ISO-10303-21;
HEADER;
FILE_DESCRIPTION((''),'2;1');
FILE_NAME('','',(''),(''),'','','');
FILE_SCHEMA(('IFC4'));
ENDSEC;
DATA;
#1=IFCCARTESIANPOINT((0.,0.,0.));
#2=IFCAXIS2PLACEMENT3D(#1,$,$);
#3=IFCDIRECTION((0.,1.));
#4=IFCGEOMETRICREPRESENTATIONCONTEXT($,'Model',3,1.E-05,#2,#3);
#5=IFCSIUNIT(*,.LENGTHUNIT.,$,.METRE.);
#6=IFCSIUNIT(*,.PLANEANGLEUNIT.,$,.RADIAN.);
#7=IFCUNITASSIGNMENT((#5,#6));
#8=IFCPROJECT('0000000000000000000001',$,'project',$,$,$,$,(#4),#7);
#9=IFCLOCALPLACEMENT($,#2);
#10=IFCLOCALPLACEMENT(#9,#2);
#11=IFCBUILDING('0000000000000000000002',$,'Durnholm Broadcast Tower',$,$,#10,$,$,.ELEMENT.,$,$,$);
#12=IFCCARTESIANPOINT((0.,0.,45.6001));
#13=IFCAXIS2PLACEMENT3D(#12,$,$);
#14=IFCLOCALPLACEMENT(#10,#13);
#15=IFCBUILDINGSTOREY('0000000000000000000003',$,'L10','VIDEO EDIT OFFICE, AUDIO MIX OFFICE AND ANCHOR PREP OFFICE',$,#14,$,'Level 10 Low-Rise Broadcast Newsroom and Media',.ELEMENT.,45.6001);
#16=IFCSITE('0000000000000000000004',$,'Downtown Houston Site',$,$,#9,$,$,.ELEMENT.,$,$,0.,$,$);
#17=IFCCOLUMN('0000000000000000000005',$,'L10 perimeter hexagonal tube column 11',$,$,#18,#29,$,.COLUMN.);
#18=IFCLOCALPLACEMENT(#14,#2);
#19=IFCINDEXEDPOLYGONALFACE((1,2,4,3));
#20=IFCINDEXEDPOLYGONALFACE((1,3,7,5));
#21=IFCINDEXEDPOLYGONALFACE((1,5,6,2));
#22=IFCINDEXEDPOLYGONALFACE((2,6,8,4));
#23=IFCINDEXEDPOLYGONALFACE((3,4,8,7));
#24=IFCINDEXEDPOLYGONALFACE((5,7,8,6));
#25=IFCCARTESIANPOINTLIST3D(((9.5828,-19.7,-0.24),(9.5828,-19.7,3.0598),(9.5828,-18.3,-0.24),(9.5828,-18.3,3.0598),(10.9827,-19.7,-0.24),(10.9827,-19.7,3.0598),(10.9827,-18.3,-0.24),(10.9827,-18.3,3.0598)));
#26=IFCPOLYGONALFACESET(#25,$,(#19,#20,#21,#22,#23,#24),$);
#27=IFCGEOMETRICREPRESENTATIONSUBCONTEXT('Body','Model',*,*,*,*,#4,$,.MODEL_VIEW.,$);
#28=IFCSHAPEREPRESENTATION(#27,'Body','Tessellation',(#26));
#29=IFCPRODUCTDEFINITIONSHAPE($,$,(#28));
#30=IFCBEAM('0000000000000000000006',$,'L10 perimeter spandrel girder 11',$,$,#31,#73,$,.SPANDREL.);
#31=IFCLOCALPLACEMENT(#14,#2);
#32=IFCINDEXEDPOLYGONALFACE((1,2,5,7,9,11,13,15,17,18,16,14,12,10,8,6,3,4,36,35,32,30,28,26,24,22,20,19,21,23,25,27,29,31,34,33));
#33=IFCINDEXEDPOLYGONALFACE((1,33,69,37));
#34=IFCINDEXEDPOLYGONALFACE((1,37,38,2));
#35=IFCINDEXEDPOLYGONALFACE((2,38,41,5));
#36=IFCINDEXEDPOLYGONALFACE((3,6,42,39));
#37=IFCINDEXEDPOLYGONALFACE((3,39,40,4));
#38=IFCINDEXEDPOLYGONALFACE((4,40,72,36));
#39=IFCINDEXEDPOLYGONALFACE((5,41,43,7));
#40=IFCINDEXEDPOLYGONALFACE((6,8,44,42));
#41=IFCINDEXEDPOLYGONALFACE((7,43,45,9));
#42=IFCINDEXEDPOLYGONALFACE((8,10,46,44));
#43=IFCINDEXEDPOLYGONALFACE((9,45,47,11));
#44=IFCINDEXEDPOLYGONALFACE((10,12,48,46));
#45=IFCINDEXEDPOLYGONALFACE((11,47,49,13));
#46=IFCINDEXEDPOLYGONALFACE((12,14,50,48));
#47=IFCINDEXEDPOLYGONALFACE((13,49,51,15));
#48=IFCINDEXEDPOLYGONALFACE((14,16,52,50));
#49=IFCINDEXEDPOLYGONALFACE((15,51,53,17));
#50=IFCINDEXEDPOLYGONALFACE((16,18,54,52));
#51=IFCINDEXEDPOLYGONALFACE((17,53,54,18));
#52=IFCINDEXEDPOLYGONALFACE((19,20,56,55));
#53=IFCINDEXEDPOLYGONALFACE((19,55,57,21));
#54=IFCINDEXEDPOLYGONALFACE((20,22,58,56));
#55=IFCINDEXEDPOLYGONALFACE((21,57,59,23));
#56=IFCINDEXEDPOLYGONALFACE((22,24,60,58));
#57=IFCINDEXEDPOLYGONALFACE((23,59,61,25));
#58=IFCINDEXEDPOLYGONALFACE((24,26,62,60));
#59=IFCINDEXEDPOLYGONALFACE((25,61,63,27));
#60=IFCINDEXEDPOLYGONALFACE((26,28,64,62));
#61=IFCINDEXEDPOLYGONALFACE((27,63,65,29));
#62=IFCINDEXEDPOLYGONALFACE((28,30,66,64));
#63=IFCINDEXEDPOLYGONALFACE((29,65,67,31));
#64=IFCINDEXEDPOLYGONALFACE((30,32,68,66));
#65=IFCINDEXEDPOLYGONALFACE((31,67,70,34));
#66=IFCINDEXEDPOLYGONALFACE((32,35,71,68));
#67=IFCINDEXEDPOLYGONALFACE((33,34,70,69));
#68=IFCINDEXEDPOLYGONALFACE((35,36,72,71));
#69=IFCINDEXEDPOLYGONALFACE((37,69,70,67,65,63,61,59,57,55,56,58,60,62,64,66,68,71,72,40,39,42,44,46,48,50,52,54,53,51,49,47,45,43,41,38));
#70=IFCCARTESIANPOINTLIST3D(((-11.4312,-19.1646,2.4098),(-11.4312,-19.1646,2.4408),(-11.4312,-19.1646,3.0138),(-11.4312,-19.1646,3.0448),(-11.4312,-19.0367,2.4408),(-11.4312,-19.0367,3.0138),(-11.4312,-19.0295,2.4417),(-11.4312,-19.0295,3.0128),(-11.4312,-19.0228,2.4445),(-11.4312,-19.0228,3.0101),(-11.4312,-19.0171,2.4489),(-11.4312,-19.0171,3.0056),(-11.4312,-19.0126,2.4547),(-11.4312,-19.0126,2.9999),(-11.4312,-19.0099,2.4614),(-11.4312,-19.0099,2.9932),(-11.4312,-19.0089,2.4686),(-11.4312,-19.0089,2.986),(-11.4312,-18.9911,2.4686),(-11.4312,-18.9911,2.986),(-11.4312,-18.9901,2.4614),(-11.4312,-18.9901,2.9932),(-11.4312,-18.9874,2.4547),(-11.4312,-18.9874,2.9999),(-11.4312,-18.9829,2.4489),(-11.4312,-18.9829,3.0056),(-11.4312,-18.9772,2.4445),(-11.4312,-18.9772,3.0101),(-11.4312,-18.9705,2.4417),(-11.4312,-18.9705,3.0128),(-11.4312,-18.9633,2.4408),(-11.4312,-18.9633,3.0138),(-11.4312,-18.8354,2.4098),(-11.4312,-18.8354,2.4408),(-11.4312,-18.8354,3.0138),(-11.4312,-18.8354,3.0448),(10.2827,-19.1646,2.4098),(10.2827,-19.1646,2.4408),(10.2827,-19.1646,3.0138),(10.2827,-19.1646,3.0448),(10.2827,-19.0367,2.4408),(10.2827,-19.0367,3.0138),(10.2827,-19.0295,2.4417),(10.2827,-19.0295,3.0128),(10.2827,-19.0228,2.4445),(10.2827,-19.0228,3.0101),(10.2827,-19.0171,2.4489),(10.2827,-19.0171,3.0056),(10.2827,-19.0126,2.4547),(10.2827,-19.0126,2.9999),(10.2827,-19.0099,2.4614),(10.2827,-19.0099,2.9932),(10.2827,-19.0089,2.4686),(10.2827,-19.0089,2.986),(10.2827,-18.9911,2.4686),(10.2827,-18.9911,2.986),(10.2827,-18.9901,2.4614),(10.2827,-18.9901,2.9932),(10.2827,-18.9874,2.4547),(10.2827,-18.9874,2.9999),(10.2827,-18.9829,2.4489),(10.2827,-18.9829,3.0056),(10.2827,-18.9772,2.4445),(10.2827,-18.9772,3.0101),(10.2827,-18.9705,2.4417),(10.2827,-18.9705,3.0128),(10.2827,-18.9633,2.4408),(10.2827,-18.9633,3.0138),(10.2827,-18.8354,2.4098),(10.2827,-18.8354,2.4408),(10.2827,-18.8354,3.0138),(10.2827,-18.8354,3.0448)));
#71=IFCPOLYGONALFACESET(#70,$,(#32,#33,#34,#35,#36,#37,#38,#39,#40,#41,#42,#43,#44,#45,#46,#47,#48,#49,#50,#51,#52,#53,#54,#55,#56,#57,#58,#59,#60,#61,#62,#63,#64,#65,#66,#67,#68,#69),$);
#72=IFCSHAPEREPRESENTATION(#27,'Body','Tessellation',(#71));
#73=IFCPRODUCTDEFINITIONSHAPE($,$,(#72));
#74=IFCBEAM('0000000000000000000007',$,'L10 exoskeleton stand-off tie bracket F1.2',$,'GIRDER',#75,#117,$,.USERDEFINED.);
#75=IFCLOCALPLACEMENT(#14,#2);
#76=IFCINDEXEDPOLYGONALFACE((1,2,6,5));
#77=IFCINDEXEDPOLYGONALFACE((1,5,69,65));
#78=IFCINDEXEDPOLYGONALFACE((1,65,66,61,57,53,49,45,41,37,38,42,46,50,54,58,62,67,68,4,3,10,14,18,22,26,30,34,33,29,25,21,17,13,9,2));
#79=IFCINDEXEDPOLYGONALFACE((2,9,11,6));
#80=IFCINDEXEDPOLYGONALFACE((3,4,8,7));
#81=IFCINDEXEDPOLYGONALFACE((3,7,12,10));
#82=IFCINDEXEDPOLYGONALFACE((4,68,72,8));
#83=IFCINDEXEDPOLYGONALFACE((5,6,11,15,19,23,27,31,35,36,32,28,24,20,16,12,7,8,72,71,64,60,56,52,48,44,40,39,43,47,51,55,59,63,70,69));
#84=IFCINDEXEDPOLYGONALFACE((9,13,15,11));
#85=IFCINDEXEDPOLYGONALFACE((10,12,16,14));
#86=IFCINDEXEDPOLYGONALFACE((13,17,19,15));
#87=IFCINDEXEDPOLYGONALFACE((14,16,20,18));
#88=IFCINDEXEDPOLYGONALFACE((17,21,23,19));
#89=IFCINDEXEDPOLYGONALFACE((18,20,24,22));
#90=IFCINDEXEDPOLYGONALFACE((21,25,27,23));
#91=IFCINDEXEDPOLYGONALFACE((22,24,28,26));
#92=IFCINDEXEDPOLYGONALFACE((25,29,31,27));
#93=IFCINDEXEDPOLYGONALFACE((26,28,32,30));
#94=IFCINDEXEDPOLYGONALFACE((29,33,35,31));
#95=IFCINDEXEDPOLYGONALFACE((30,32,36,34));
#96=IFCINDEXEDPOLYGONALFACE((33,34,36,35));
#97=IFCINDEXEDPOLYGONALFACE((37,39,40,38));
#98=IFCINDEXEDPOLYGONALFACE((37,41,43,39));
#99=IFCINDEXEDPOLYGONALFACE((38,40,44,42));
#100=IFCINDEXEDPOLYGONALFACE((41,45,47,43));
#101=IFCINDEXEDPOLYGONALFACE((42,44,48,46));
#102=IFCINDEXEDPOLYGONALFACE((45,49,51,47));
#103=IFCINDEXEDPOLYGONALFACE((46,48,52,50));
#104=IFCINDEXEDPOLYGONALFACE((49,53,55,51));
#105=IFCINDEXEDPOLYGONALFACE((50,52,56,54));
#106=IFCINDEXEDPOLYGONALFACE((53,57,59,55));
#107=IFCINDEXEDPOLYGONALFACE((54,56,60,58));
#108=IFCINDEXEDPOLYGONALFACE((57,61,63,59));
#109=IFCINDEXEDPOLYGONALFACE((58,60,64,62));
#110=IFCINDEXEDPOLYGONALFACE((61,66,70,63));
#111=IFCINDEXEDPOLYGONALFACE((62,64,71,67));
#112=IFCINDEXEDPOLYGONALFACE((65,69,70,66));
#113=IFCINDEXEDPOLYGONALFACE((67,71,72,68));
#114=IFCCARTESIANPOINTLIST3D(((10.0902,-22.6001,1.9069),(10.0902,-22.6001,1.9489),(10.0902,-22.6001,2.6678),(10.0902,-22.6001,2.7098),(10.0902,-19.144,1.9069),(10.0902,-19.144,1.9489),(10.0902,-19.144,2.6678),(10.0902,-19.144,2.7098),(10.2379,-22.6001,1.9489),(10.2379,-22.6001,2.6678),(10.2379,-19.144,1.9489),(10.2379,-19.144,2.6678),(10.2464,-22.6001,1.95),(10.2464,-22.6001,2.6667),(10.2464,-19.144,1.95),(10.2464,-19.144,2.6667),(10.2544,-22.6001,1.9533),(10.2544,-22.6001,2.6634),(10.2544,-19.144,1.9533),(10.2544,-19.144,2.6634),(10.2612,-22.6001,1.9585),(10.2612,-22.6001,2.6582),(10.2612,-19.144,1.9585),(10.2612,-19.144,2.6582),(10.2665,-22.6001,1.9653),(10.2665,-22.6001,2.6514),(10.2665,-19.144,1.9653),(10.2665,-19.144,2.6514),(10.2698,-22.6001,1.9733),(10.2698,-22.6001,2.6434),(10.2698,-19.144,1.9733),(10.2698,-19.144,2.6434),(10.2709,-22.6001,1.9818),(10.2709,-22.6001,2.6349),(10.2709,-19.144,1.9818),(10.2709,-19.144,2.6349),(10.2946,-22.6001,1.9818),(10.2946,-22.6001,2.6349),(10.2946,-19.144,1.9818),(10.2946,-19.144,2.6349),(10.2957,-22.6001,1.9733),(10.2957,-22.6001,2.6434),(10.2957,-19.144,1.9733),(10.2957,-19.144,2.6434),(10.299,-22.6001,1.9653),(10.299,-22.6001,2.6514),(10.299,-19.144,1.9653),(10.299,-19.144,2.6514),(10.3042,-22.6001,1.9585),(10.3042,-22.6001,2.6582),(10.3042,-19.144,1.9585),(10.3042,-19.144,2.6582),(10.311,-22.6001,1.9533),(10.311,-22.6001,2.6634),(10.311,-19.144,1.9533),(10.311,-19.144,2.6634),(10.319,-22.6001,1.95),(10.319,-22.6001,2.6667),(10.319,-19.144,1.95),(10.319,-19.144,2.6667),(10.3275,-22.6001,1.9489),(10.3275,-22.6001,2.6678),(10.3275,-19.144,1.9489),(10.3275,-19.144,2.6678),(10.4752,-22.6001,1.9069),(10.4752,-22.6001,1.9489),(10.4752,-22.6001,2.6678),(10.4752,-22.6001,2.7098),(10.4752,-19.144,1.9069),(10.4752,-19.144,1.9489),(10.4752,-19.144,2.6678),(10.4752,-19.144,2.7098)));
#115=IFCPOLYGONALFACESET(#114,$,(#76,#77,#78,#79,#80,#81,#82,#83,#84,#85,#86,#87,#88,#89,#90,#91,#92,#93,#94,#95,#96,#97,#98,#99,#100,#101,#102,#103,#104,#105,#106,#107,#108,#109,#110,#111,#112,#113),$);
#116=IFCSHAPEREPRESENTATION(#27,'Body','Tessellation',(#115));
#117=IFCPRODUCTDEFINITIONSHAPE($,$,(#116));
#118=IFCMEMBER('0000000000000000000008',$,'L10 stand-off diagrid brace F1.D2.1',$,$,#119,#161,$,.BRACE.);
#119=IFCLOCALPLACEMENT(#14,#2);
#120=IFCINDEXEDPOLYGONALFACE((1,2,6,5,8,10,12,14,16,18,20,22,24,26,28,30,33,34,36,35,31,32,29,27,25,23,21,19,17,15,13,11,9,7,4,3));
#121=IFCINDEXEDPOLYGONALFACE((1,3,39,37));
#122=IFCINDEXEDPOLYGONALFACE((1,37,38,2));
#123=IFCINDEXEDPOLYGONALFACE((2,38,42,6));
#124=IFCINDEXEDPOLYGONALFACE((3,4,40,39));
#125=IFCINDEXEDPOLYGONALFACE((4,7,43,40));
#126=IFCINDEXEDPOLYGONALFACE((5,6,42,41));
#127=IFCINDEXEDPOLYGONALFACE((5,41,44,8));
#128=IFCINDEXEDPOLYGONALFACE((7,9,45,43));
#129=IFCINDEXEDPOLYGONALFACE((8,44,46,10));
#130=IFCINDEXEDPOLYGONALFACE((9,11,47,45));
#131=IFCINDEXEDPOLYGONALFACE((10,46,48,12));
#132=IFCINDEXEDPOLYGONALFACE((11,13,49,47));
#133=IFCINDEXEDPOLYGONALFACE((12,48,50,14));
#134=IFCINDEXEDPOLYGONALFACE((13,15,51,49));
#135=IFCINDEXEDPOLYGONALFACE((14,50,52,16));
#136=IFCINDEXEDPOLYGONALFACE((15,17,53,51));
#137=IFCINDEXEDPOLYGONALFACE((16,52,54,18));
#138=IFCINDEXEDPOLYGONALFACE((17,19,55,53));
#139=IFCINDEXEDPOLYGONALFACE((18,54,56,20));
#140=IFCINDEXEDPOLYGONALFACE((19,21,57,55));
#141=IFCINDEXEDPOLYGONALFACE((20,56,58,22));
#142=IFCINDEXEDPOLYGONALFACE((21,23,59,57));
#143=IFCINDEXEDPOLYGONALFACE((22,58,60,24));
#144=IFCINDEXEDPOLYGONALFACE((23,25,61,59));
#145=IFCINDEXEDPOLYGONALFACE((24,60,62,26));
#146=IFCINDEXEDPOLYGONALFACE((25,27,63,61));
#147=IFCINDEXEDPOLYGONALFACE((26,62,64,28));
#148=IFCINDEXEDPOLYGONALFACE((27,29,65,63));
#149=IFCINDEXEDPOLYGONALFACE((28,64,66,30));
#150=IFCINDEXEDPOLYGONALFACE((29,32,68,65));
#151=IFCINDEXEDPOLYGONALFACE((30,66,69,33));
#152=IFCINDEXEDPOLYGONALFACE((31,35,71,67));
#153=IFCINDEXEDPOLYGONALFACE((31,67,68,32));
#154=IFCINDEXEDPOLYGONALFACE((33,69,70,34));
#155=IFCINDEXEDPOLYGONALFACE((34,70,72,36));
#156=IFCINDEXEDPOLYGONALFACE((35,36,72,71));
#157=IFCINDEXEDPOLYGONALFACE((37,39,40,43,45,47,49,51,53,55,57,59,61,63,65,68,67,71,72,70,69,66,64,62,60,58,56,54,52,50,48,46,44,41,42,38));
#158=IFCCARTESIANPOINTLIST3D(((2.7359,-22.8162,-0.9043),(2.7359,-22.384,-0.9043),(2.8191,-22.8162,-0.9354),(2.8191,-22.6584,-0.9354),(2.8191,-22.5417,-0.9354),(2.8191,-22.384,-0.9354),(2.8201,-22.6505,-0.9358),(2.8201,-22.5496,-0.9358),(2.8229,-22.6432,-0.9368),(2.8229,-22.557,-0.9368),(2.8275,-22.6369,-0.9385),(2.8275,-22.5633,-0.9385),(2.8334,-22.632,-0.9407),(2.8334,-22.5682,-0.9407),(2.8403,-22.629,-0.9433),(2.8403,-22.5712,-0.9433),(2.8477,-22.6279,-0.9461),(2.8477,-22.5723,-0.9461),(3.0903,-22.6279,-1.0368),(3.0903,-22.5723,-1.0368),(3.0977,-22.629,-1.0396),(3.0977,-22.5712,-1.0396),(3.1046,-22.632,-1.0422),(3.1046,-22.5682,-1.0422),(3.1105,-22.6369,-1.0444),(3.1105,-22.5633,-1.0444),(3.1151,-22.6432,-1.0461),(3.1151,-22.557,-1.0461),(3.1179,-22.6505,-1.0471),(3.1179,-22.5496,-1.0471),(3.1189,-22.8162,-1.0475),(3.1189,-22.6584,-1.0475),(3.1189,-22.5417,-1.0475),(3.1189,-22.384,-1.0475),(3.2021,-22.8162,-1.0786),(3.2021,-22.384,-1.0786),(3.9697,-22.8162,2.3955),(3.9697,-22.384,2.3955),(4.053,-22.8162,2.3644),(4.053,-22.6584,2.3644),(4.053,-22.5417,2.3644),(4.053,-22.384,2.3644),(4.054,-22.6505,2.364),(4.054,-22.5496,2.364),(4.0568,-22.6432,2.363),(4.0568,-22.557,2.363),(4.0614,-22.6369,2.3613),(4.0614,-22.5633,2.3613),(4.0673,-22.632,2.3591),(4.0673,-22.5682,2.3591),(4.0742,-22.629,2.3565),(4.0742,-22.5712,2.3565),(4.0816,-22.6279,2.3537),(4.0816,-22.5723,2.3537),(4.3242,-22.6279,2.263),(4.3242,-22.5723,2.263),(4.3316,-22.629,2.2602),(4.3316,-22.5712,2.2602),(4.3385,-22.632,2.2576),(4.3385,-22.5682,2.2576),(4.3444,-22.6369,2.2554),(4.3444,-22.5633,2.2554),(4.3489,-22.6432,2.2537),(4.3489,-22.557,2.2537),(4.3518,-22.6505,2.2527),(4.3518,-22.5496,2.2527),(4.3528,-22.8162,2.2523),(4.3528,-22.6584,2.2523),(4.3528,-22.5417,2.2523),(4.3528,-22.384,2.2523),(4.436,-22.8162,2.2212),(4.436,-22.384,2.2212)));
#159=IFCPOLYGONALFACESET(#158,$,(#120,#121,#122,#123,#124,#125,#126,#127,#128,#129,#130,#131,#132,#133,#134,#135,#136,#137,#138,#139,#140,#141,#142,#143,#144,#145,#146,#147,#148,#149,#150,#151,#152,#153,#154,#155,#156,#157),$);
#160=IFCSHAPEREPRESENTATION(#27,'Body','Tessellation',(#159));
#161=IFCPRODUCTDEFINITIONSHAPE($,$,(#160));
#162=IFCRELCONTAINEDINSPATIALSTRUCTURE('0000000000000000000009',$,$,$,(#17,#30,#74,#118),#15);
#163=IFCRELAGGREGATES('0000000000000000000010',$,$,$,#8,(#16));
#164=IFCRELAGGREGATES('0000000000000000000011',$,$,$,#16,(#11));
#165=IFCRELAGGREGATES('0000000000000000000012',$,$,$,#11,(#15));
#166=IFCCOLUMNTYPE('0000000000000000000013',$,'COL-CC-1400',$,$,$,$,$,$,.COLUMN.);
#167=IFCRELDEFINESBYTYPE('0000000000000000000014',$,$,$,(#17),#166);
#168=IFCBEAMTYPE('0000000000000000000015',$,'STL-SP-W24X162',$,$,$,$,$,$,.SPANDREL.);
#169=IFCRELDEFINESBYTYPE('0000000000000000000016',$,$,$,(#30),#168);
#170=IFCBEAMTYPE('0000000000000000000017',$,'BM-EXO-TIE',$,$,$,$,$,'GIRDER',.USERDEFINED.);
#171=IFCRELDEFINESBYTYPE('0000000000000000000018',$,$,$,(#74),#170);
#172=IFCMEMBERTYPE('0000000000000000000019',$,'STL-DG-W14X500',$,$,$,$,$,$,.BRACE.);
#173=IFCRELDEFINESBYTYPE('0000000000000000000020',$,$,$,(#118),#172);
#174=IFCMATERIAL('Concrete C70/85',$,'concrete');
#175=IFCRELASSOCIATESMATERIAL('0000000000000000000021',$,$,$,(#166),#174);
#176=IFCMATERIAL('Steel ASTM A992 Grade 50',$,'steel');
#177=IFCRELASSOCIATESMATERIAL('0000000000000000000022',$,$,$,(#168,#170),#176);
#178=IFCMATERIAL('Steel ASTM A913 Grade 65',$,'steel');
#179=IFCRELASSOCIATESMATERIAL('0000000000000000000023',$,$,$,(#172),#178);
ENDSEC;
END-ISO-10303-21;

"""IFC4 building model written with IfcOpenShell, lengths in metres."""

from ifc_helpers import new_model, si_unit, direction, frame, origin, origin_2d, place, context, subcontext, project, spatial, rectangle, i_section, extrude, source, transform, mapped, material, material_profile, profile_set, type_object, type_shapes, element, save


model = new_model("IFC4")

# Units and contexts
model_context = context("Model", 3, precision=1e-05, world=origin(), true_north=direction((0.0, 1.0)))
body_context = subcontext(model_context, "Body", "Model", "MODEL_VIEW")
ifc_project = project(units=[si_unit("LENGTHUNIT", "METRE"), si_unit("PLANEANGLEUNIT", "RADIAN")], contexts=[model_context])

# Site, building, storey
site_placement = place(None, origin())
site = spatial("IfcSite", under=ifc_project, at=site_placement, Name="Downtown Houston Site", CompositionType="ELEMENT", RefElevation=0.0)
building_placement = place(site_placement, origin())
building = spatial("IfcBuilding", under=site, at=building_placement, Name="Durnholm Broadcast Tower", CompositionType="ELEMENT")
storey_placement = place(building_placement, frame((0.0, 0.0, 45.6001)))
storey = spatial("IfcBuildingStorey", under=building, at=storey_placement, Name="L10", Description="VIDEO EDIT OFFICE, AUDIO MIX OFFICE AND ANCHOR PREP OFFICE", LongName="Level 10 Low-Rise Broadcast Newsroom and Media", CompositionType="ELEMENT", Elevation=45.6001)

# Column
ifc_material_1 = material(Name="Concrete C70/85", Category="concrete")
ifc_material_profile_1 = material_profile(ifc_material_1, rectangle(XDim=1.3999, YDim=1.3999, at=origin_2d()), Name="RC1400X1400")
ifc_profile_set_1 = profile_set([ifc_material_profile_1], Name="Concrete C70/85")
column_type = type_object("IfcColumnType", Name="COL-CC-1400", PredefinedType="COLUMN", material=ifc_profile_set_1)
shared_shape_1 = source(origin(), body_context, "Body", "SweptSolid", [
    extrude(rectangle(XDim=1.3999, YDim=1.3999, at=origin_2d()), origin(), (0.0, 0.0, 1.0), 3.2998),
])
type_shapes(column_type, [shared_shape_1])
column_placement = place(storey_placement, frame((10.2827, -19.0, -0.24), z_axis=(0.0, 0.0, 1.0), x_axis=(1.0, 0.0, 0.0)))
element("IfcColumn", 1, at=column_placement, inside=storey, type_object=column_type, Name="L10 perimeter hexagonal tube column 11", PredefinedType="COLUMN", context=body_context, shape_type="MappedRepresentation", body=[
    mapped(shared_shape_1, transform((0.0, 0.0, 0.0), x_axis=(1.0, 0.0, 0.0), y_axis=(0.0, 1.0, 0.0), z_axis=(0.0, 0.0, 1.0), scale=1.0)),
])

# Beams
ifc_material_2 = material(Name="Steel ASTM A992 Grade 50", Category="steel")
ifc_material_profile_2 = material_profile(ifc_material_2, i_section(OverallWidth=0.3291, OverallDepth=0.635, WebThickness=0.0178, FlangeThickness=0.031, FilletRadius=0.0278, at=origin_2d()), Name="W24X162")
ifc_profile_set_2 = profile_set([ifc_material_profile_2], Name="Steel ASTM A992 Grade 50")
beam_type_1 = type_object("IfcBeamType", Name="STL-SP-W24X162", PredefinedType="SPANDREL", material=ifc_profile_set_2)
shared_shape_2 = source(origin(), body_context, "Body", "SweptSolid", [
    extrude(i_section(OverallWidth=0.3291, OverallDepth=0.635, WebThickness=0.0178, FlangeThickness=0.031, FilletRadius=0.0278, at=origin_2d()), origin(), (0.0, 0.0, 1.0), 21.7139),
])
type_shapes(beam_type_1, [shared_shape_2])
beam_1_placement = place(storey_placement, frame((10.2827, -19.0, 2.7273), z_axis=(-1.0, 0.0, 0.0), x_axis=(0.0, -1.0, 0.0)))
element("IfcBeam", 2, at=beam_1_placement, inside=storey, type_object=beam_type_1, Name="L10 perimeter spandrel girder 11", PredefinedType="SPANDREL", context=body_context, shape_type="MappedRepresentation", body=[
    mapped(shared_shape_2, transform((0.0, 0.0, 0.0), x_axis=(1.0, 0.0, 0.0), y_axis=(0.0, 1.0, 0.0), z_axis=(0.0, 0.0, 1.0), scale=1.0)),
])
ifc_material_profile_3 = material_profile(ifc_material_2, i_section(OverallWidth=0.385, OverallDepth=0.803, WebThickness=0.0237, FlangeThickness=0.042, FilletRadius=0.033, at=origin_2d()), Name="W30X261")
ifc_profile_set_3 = profile_set([ifc_material_profile_3], Name="Steel ASTM A992 Grade 50")
beam_type_2 = type_object("IfcBeamType", Name="BM-EXO-TIE", ElementType="GIRDER", PredefinedType="USERDEFINED", material=ifc_profile_set_3)
shared_shape_3 = source(origin(), body_context, "Body", "SweptSolid", [
    extrude(i_section(OverallWidth=0.385, OverallDepth=0.803, WebThickness=0.0237, FlangeThickness=0.042, FilletRadius=0.033, at=origin_2d()), origin(), (0.0, 0.0, 1.0), 3.4561),
])
type_shapes(beam_type_2, [shared_shape_3])
beam_2_placement = place(storey_placement, frame((10.2827, -19.144, 2.3083), z_axis=(0.0, -1.0, 0.0), x_axis=(1.0, 0.0, 0.0)))
element("IfcBeam", 3, at=beam_2_placement, inside=storey, type_object=beam_type_2, Name="L10 exoskeleton stand-off tie bracket F1.2", ObjectType="GIRDER", PredefinedType="USERDEFINED", context=body_context, shape_type="MappedRepresentation", body=[
    mapped(shared_shape_3, transform((0.0, 0.0, 0.0), x_axis=(1.0, 0.0, 0.0), y_axis=(0.0, 1.0, 0.0), z_axis=(0.0, 0.0, 1.0), scale=1.0)),
])

# Member
ifc_material_3 = material(Name="Steel ASTM A913 Grade 65", Category="steel")
ifc_material_profile_4 = material_profile(ifc_material_3, i_section(OverallWidth=0.4321, OverallDepth=0.4978, WebThickness=0.0557, FlangeThickness=0.0889, FilletRadius=0.0305, at=origin_2d()), Name="W14X500")
ifc_profile_set_4 = profile_set([ifc_material_profile_4], Name="Steel ASTM A913 Grade 65")
member_type_1 = type_object("IfcMemberType", Name="STL-DG-W14X500", PredefinedType="BRACE", material=ifc_profile_set_4)
shared_shape_4 = source(origin(), body_context, "Body", "SweptSolid", [
    extrude(i_section(OverallWidth=0.4321, OverallDepth=0.4978, WebThickness=0.0557, FlangeThickness=0.0889, FilletRadius=0.0305, at=origin_2d()), origin(), (0.0, 0.0, 1.0), 3.5229),
])
type_shapes(member_type_1, [shared_shape_4])
for number, where, z_axis, x_axis, name in (
    (4, (2.969, -22.6001, -0.9915), (0.350242, 0.0, 0.936659), (0.0, 1.0, 0.0), "L10 stand-off diagrid brace F1.D2.1"),
):
    element("IfcMember", number, at=place(storey_placement, frame(where, z_axis=z_axis, x_axis=x_axis)), inside=storey, type_object=member_type_1, Name=name, PredefinedType="BRACE", context=body_context, shape_type="MappedRepresentation", body=[
        mapped(shared_shape_4, transform((0.0, 0.0, 0.0), x_axis=(1.0, 0.0, 0.0), y_axis=(0.0, 1.0, 0.0), z_axis=(0.0, 0.0, 1.0), scale=1.0)),
    ])

save(model, "model.ifc")
